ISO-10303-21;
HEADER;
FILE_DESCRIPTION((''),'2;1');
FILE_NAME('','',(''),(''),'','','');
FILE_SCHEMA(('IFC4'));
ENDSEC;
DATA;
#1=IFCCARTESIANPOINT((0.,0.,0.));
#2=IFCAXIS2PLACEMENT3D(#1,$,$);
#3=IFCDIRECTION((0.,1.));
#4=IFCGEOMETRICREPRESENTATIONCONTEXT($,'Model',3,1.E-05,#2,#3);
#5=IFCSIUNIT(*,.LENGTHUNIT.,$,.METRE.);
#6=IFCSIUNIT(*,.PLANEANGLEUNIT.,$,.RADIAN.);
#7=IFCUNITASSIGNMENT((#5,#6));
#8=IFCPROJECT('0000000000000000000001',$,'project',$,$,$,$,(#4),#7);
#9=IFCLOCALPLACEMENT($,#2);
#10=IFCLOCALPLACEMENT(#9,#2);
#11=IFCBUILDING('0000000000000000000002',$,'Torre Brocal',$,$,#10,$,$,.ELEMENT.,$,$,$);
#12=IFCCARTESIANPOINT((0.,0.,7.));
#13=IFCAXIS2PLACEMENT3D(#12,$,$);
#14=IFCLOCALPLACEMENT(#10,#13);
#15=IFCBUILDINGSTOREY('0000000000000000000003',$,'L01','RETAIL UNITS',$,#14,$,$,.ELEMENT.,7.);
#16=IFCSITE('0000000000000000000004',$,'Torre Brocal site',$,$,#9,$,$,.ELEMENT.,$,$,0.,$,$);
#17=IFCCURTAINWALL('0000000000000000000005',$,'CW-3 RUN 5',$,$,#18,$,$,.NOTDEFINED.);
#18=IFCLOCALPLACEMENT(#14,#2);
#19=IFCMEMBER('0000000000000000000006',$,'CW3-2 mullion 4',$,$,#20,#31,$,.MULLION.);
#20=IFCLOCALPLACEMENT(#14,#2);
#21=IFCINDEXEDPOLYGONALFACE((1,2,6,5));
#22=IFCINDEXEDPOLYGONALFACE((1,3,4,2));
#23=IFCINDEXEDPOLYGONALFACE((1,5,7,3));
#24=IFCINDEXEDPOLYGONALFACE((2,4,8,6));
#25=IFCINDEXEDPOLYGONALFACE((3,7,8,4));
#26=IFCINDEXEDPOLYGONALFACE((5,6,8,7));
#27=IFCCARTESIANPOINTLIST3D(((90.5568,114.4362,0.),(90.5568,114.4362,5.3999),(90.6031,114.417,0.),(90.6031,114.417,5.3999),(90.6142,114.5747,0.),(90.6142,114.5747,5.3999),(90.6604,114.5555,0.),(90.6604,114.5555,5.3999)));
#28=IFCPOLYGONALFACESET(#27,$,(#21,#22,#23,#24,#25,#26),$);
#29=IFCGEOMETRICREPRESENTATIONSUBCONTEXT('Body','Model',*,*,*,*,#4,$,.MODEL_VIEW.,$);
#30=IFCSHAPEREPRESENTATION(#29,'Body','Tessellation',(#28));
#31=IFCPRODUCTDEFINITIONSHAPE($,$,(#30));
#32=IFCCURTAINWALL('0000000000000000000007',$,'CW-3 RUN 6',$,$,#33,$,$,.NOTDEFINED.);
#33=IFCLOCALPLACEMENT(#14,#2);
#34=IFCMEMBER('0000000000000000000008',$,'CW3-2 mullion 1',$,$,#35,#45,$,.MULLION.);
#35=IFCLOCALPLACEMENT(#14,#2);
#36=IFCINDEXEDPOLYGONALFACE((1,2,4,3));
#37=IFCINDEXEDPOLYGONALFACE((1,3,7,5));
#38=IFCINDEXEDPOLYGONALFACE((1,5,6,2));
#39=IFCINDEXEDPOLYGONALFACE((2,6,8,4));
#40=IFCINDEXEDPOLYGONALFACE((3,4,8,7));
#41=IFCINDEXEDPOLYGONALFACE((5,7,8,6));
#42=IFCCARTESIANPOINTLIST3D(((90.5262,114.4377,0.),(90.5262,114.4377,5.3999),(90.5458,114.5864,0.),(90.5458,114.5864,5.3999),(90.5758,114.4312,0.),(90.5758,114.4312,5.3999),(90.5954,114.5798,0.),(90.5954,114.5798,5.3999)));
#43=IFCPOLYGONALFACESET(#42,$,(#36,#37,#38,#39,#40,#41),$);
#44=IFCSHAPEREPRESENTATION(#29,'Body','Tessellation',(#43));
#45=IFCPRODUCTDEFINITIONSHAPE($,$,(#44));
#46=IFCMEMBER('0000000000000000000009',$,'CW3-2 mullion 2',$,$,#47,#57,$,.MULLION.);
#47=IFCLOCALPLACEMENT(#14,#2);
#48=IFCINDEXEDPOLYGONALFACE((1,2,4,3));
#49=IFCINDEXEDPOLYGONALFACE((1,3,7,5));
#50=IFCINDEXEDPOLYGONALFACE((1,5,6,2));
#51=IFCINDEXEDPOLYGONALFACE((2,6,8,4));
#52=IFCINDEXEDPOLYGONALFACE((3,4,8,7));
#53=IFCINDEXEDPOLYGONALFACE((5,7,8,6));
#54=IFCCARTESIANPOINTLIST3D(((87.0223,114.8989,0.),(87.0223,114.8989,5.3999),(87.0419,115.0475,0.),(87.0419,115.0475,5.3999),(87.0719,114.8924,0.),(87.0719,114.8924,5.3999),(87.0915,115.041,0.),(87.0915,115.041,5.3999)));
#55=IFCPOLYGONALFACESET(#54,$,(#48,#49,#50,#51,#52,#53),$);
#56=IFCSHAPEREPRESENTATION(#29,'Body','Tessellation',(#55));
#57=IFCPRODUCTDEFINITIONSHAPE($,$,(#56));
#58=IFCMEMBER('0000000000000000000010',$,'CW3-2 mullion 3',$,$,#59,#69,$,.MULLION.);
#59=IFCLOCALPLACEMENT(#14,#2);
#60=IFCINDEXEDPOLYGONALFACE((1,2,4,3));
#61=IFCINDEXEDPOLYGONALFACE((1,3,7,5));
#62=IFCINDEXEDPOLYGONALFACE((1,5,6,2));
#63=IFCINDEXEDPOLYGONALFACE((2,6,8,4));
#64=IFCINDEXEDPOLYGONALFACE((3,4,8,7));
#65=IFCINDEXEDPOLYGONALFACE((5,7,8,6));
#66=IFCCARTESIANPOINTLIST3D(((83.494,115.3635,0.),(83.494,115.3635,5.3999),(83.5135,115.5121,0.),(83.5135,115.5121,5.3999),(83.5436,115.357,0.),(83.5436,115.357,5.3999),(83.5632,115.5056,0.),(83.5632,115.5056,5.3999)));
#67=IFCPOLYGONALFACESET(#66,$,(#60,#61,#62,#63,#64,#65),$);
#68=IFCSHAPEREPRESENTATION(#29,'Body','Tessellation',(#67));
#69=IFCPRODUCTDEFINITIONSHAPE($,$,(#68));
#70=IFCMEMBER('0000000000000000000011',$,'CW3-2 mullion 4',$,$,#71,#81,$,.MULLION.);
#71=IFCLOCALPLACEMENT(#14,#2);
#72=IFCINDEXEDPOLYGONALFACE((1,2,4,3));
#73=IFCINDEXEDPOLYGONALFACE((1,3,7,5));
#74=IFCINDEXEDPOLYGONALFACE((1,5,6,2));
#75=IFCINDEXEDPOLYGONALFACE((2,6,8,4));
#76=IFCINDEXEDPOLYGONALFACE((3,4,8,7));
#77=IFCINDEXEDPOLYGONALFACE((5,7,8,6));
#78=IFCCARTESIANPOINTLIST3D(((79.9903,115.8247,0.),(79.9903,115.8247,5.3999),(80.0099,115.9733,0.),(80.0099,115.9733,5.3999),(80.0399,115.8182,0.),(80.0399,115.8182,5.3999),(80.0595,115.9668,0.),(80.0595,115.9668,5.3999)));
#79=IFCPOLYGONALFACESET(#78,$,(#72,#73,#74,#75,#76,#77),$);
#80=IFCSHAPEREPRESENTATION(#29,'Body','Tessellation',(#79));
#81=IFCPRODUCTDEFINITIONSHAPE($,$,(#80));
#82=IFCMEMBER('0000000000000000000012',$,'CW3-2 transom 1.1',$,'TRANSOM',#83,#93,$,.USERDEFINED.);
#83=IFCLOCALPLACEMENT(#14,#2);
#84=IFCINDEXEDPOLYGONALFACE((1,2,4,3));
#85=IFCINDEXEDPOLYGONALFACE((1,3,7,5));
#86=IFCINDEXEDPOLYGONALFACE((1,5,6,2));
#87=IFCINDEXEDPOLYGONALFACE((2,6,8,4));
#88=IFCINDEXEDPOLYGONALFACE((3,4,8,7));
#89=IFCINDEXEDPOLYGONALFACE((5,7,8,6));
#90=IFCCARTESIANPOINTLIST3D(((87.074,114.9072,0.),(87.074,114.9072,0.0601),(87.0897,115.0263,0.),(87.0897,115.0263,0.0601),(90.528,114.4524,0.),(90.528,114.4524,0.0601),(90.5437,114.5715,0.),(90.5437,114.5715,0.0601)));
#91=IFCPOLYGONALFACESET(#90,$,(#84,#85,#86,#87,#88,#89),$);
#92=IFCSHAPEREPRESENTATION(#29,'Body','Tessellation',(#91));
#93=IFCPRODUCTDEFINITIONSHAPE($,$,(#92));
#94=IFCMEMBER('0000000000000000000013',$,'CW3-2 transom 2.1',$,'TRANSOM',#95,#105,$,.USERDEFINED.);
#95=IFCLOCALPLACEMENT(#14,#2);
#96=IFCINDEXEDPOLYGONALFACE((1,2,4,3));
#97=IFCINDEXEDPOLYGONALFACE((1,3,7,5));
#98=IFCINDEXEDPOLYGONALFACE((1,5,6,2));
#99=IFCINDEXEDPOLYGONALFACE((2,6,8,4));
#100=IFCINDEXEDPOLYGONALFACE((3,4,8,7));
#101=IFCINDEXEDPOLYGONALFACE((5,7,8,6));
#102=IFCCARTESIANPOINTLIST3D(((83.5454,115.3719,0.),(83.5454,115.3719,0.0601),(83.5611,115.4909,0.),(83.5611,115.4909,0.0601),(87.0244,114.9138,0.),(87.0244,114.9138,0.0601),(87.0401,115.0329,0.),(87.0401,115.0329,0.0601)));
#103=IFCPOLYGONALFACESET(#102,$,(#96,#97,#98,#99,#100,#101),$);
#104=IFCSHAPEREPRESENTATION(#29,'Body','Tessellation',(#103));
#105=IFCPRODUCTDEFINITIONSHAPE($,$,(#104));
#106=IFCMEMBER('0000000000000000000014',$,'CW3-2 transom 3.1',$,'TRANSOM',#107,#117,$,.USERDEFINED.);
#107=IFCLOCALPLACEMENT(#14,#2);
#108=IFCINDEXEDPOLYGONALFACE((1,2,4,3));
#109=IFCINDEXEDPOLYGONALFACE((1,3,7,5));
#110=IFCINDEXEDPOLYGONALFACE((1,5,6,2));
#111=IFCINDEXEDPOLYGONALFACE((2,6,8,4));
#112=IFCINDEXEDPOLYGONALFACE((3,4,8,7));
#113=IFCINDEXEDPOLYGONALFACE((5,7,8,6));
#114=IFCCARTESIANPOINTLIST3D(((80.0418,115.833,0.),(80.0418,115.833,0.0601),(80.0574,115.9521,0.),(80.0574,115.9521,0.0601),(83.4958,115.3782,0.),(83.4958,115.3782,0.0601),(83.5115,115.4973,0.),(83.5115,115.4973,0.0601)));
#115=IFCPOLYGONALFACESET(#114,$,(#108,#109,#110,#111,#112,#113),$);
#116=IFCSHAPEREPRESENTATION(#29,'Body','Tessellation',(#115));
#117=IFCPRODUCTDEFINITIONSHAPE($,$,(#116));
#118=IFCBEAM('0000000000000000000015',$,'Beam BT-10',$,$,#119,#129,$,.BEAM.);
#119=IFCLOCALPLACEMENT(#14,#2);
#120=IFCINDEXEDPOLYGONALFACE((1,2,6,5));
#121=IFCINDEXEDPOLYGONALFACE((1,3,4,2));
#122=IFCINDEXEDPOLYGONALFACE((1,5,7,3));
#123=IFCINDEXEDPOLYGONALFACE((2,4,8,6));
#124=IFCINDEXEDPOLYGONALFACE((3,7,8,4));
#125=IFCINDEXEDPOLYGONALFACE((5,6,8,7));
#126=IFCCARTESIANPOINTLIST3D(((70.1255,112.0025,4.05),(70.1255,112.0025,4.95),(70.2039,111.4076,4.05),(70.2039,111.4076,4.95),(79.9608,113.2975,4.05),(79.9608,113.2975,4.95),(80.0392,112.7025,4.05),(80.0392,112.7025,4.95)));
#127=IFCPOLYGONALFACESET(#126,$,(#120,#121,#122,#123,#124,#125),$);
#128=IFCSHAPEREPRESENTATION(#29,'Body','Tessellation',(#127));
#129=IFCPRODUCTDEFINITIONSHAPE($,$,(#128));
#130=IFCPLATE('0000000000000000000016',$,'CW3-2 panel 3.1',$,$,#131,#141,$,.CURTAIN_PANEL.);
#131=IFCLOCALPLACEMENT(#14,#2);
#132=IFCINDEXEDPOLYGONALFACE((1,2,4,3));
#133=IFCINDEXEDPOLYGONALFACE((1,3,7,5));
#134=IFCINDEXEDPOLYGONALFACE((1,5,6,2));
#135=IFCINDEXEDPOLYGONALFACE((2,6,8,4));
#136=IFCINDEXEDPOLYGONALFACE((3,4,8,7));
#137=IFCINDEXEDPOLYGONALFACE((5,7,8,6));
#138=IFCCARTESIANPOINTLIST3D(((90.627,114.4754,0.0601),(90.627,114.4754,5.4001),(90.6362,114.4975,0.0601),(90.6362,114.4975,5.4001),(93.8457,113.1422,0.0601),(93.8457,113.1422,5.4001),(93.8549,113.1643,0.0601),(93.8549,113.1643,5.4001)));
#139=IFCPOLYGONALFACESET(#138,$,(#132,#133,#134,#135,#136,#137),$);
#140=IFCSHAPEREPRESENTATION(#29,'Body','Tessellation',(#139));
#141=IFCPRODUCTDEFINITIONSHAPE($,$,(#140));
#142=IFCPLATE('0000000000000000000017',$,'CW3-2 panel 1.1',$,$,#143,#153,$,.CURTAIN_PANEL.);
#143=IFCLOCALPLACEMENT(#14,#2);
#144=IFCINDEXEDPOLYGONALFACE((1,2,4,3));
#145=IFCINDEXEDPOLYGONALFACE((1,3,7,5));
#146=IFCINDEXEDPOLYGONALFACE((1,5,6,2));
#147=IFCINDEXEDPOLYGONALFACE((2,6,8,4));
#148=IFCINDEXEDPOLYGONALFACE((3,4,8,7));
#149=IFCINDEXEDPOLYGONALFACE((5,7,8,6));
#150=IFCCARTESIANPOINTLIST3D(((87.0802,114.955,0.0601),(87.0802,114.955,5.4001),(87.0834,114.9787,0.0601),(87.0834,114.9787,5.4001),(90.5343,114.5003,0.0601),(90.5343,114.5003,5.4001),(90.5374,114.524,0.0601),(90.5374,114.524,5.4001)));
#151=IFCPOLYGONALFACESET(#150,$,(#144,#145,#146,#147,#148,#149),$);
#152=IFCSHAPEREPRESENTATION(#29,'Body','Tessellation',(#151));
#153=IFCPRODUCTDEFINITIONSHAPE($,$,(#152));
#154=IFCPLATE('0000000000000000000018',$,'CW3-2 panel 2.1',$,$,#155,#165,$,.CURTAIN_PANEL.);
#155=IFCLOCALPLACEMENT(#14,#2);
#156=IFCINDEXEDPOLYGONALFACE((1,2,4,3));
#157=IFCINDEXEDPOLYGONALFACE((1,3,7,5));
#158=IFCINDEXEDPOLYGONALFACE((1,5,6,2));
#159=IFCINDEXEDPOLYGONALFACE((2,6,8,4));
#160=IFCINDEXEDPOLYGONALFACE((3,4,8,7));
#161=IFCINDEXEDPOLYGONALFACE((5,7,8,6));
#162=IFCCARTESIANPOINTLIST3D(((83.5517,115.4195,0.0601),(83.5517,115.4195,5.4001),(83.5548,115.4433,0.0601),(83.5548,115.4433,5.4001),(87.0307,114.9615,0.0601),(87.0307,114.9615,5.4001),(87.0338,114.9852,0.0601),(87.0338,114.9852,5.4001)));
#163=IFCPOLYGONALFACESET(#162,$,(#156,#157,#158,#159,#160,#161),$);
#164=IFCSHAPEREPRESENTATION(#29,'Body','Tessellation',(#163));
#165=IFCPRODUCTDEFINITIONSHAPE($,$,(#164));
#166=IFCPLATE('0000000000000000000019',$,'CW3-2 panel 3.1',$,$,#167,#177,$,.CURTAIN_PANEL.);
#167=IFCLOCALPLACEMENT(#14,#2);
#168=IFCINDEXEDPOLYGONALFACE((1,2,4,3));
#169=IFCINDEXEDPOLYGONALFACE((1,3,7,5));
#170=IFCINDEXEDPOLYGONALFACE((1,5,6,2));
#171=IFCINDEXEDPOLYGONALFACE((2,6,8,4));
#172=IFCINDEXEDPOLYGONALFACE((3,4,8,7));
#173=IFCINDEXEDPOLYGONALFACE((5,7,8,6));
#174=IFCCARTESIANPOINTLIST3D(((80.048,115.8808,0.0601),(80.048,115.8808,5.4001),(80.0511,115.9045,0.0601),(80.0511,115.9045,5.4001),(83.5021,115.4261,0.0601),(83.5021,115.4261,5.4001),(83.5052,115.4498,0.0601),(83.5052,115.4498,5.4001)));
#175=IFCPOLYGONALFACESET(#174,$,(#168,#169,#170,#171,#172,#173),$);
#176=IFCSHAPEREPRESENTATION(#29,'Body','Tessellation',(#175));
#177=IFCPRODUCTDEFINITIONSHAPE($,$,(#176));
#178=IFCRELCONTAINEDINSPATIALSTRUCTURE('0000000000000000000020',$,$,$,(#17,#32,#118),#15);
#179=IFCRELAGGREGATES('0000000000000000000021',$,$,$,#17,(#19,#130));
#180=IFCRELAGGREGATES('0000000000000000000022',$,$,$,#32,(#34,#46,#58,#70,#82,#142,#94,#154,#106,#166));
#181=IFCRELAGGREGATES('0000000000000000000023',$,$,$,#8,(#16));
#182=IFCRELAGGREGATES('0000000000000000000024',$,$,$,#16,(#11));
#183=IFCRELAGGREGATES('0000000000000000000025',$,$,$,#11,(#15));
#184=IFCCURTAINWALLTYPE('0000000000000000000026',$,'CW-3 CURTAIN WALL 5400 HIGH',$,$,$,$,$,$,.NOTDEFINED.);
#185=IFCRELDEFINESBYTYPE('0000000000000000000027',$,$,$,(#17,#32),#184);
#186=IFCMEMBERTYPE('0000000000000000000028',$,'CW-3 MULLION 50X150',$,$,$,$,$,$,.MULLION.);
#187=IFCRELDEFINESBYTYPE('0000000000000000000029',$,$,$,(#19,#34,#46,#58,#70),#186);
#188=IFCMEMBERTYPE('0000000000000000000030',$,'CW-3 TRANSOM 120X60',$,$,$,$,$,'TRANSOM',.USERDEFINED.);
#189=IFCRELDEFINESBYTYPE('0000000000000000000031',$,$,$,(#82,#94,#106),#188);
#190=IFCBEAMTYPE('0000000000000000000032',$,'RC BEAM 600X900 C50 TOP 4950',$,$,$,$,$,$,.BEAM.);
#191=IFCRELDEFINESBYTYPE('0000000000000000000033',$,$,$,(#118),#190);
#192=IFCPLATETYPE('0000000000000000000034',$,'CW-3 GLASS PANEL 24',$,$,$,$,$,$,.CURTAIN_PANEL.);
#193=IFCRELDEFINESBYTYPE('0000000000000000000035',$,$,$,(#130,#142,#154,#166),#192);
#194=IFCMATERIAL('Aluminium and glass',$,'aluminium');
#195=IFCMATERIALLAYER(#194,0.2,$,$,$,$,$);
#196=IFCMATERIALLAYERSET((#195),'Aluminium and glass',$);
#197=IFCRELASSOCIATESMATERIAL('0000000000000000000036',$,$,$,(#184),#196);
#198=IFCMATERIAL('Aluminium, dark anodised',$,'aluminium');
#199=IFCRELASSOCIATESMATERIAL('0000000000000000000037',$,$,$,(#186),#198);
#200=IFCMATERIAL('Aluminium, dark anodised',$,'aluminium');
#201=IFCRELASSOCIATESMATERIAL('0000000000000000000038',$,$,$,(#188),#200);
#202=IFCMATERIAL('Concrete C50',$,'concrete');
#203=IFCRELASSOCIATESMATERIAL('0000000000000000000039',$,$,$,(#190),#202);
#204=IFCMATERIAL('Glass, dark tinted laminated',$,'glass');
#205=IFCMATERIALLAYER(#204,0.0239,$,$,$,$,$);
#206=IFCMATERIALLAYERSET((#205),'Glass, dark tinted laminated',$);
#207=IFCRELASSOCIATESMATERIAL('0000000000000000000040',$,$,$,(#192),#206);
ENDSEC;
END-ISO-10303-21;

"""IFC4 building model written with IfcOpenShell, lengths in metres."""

from ifc_helpers import new_model, si_unit, direction, frame, origin, origin_2d, place, context, subcontext, project, spatial, rectangle, extrude, material, layer, layer_set, material_profile, profile_set, type_object, element, aggregate, save


model = new_model("IFC4")

# Units and contexts
model_context = context("Model", 3, precision=1e-05, world=origin(), true_north=direction((0.0, 1.0)))
body_context = subcontext(model_context, "Body", "Model", "MODEL_VIEW")
ifc_project = project(units=[si_unit("LENGTHUNIT", "METRE"), si_unit("PLANEANGLEUNIT", "RADIAN")], contexts=[model_context])

# Site, building, storey
site_placement = place(None, origin())
site = spatial("IfcSite", under=ifc_project, at=site_placement, Name="Torre Brocal site", CompositionType="ELEMENT", RefElevation=0.0)
building_placement = place(site_placement, origin())
building = spatial("IfcBuilding", under=site, at=building_placement, Name="Torre Brocal", CompositionType="ELEMENT")
storey_placement = place(building_placement, frame((0.0, 0.0, 7.0)))
storey = spatial("IfcBuildingStorey", under=building, at=storey_placement, Name="L01", Description="RETAIL UNITS", CompositionType="ELEMENT", Elevation=7.0)

# Curtain wall, member
ifc_material_1 = material(Name="Aluminium and glass", Category="aluminium")
ifc_layer_1 = layer(ifc_material_1, 0.2)
ifc_layer_set_1 = layer_set([ifc_layer_1], Name="Aluminium and glass")
curtain_wall_type = type_object("IfcCurtainWallType", Name="CW-3 CURTAIN WALL 5400 HIGH", PredefinedType="NOTDEFINED", material=ifc_layer_set_1)
curtain_wall_1_placement = place(storey_placement, origin())
curtain_wall_1 = element("IfcCurtainWall", 1, at=curtain_wall_1_placement, inside=storey, type_object=curtain_wall_type, Name="CW-3 RUN 5", PredefinedType="NOTDEFINED")
ifc_material_2 = material(Name="Aluminium, dark anodised", Category="aluminium")
ifc_material_profile_1 = material_profile(ifc_material_2, rectangle(XDim=0.1499, YDim=0.05, at=origin_2d()), Name="CW-3 MULLION 50X150")
ifc_profile_set_1 = profile_set([ifc_material_profile_1], Name="Aluminium, dark anodised")
member_type_1 = type_object("IfcMemberType", Name="CW-3 MULLION 50X150", PredefinedType="MULLION", material=ifc_profile_set_1)
member_1_placement = place(storey_placement, frame((90.6086, 114.4958, 0.0), z_axis=(0.0, 0.0, 1.0), x_axis=(-0.382683, -0.92388, 0.0)))
member_1 = element("IfcMember", 2, at=member_1_placement, type_object=member_type_1, Name="CW3-2 mullion 4", PredefinedType="MULLION", context=body_context, shape_type="SweptSolid", body=[
    extrude(rectangle(XDim=0.1499, YDim=0.05, at=origin_2d()), origin(), (0.0, 0.0, 1.0), 5.3999),
])

# Curtain wall, members
curtain_wall_2_placement = place(storey_placement, origin())
curtain_wall_2 = element("IfcCurtainWall", 3, at=curtain_wall_2_placement, inside=storey, type_object=curtain_wall_type, Name="CW-3 RUN 6", PredefinedType="NOTDEFINED")
member_2_placement = place(storey_placement, frame((90.5608, 114.5088, 0.0), z_axis=(0.0, 0.0, 1.0), x_axis=(-0.130526, -0.991445, 0.0)))
member_2 = element("IfcMember", 4, at=member_2_placement, type_object=member_type_1, Name="CW3-2 mullion 1", PredefinedType="MULLION", context=body_context, shape_type="SweptSolid", body=[
    extrude(rectangle(XDim=0.1499, YDim=0.05, at=origin_2d()), origin(), (0.0, 0.0, 1.0), 5.3999),
])
member_3_placement = place(storey_placement, frame((87.0569, 114.97, 0.0), z_axis=(0.0, 0.0, 1.0), x_axis=(-0.130526, -0.991445, 0.0)))
member_3 = element("IfcMember", 5, at=member_3_placement, type_object=member_type_1, Name="CW3-2 mullion 2", PredefinedType="MULLION", context=body_context, shape_type="SweptSolid", body=[
    extrude(rectangle(XDim=0.1499, YDim=0.05, at=origin_2d()), origin(), (0.0, 0.0, 1.0), 5.3999),
])
member_4_placement = place(storey_placement, frame((83.5286, 115.4346, 0.0), z_axis=(0.0, 0.0, 1.0), x_axis=(-0.130526, -0.991445, 0.0)))
member_4 = element("IfcMember", 6, at=member_4_placement, type_object=member_type_1, Name="CW3-2 mullion 3", PredefinedType="MULLION", context=body_context, shape_type="SweptSolid", body=[
    extrude(rectangle(XDim=0.1499, YDim=0.05, at=origin_2d()), origin(), (0.0, 0.0, 1.0), 5.3999),
])
member_5_placement = place(storey_placement, frame((80.0249, 115.8958, 0.0), z_axis=(0.0, 0.0, 1.0), x_axis=(-0.130526, -0.991445, 0.0)))
member_5 = element("IfcMember", 7, at=member_5_placement, type_object=member_type_1, Name="CW3-2 mullion 4", PredefinedType="MULLION", context=body_context, shape_type="SweptSolid", body=[
    extrude(rectangle(XDim=0.1499, YDim=0.05, at=origin_2d()), origin(), (0.0, 0.0, 1.0), 5.3999),
])
ifc_material_3 = material(Name="Aluminium, dark anodised", Category="aluminium")
ifc_material_profile_2 = material_profile(ifc_material_3, rectangle(XDim=0.1201, YDim=0.0601, at=origin_2d()), Name="CW-3 TRANSOM 120X60")
ifc_profile_set_2 = profile_set([ifc_material_profile_2], Name="Aluminium, dark anodised")
member_type_2 = type_object("IfcMemberType", Name="CW-3 TRANSOM 120X60", ElementType="TRANSOM", PredefinedType="USERDEFINED", material=ifc_profile_set_2)
member_6_placement = place(storey_placement, frame((90.5359, 114.512, 0.03), z_axis=(-0.991441, 0.130552, 0.0), x_axis=(-0.130552, -0.991441, 0.0)))
member_6 = element("IfcMember", 8, at=member_6_placement, type_object=member_type_2, Name="CW3-2 transom 1.1", ObjectType="TRANSOM", PredefinedType="USERDEFINED", context=body_context, shape_type="SweptSolid", body=[
    extrude(rectangle(XDim=0.1201, YDim=0.0601, at=origin_2d()), origin(), (0.0, 0.0, 1.0), 3.4839),
])
member_7_placement = place(storey_placement, frame((87.0322, 114.9734, 0.03), z_axis=(-0.991445, 0.130523, 0.0), x_axis=(-0.130523, -0.991445, 0.0)))
member_7 = element("IfcMember", 9, at=member_7_placement, type_object=member_type_2, Name="CW3-2 transom 2.1", ObjectType="TRANSOM", PredefinedType="USERDEFINED", context=body_context, shape_type="SweptSolid", body=[
    extrude(rectangle(XDim=0.1201, YDim=0.0601, at=origin_2d()), origin(), (0.0, 0.0, 1.0), 3.509),
])
member_8_placement = place(storey_placement, frame((83.5037, 115.4377, 0.03), z_axis=(-0.991441, 0.130552, 0.0), x_axis=(-0.130552, -0.991441, 0.0)))
member_8 = element("IfcMember", 10, at=member_8_placement, type_object=member_type_2, Name="CW3-2 transom 3.1", ObjectType="TRANSOM", PredefinedType="USERDEFINED", context=body_context, shape_type="SweptSolid", body=[
    extrude(rectangle(XDim=0.1201, YDim=0.0601, at=origin_2d()), origin(), (0.0, 0.0, 1.0), 3.4839),
])

# Beam
ifc_material_4 = material(Name="Concrete C50", Category="concrete")
ifc_material_profile_3 = material_profile(ifc_material_4, rectangle(XDim=0.6001, YDim=0.8999, at=origin_2d()), Name="RC 600X900")
ifc_profile_set_3 = profile_set([ifc_material_profile_3], Name="Concrete C50")
beam_type = type_object("IfcBeamType", Name="RC BEAM 600X900 C50 TOP 4950", PredefinedType="BEAM", material=ifc_profile_set_3)
beam_placement = place(storey_placement, frame((80.0, 113.0, 4.5), z_axis=(-0.991444, -0.130535, 0.0), x_axis=(0.130535, -0.991444, 0.0)))
element("IfcBeam", 11, at=beam_placement, inside=storey, type_object=beam_type, Name="Beam BT-10", PredefinedType="BEAM", context=body_context, shape_type="SweptSolid", body=[
    extrude(rectangle(XDim=0.6001, YDim=0.8999, at=origin_2d()), origin(), (0.0, 0.0, 1.0), 9.9202),
])

# Plates
ifc_material_5 = material(Name="Glass, dark tinted laminated", Category="glass")
ifc_layer_2 = layer(ifc_material_5, 0.0239)
ifc_layer_set_2 = layer_set([ifc_layer_2], Name="Glass, dark tinted laminated")
plate_type = type_object("IfcPlateType", Name="CW-3 GLASS PANEL 24", PredefinedType="CURTAIN_PANEL", material=ifc_layer_set_2)
plate_1_placement = place(storey_placement, frame((92.241, 113.8198, 0.0601), z_axis=(0.0, 0.0, 1.0), x_axis=(-0.92388, 0.382683, 0.0)))
plate_1 = element("IfcPlate", 12, at=plate_1_placement, type_object=plate_type, Name="CW3-2 panel 3.1", PredefinedType="CURTAIN_PANEL", context=body_context, shape_type="SweptSolid", body=[
    extrude(rectangle(XDim=3.4839, YDim=0.0239, at=origin_2d()), origin(), (0.0, 0.0, 1.0), 5.3401),
])
aggregate(curtain_wall_1, [member_1, plate_1])
plate_2_placement = place(storey_placement, frame((88.8088, 114.7395, 0.0601), z_axis=(0.0, 0.0, 1.0), x_axis=(-0.991445, 0.130526, 0.0)))
plate_2 = element("IfcPlate", 13, at=plate_2_placement, type_object=plate_type, Name="CW3-2 panel 1.1", PredefinedType="CURTAIN_PANEL", context=body_context, shape_type="SweptSolid", body=[
    extrude(rectangle(XDim=3.4839, YDim=0.0239, at=origin_2d()), origin(), (0.0, 0.0, 1.0), 5.3401),
])
plate_3_placement = place(storey_placement, frame((85.2927, 115.2024, 0.0601), z_axis=(0.0, 0.0, 1.0), x_axis=(-0.991445, 0.130526, 0.0)))
plate_3 = element("IfcPlate", 14, at=plate_3_placement, type_object=plate_type, Name="CW3-2 panel 2.1", PredefinedType="CURTAIN_PANEL", context=body_context, shape_type="SweptSolid", body=[
    extrude(rectangle(XDim=3.509, YDim=0.0239, at=origin_2d()), origin(), (0.0, 0.0, 1.0), 5.3401),
])
plate_4_placement = place(storey_placement, frame((81.7766, 115.6653, 0.0601), z_axis=(0.0, 0.0, 1.0), x_axis=(-0.991445, 0.130526, 0.0)))
plate_4 = element("IfcPlate", 15, at=plate_4_placement, type_object=plate_type, Name="CW3-2 panel 3.1", PredefinedType="CURTAIN_PANEL", context=body_context, shape_type="SweptSolid", body=[
    extrude(rectangle(XDim=3.4839, YDim=0.0239, at=origin_2d()), origin(), (0.0, 0.0, 1.0), 5.3401),
])
aggregate(curtain_wall_2, [member_2, member_3, member_4, member_5, member_6, plate_2, member_7, plate_3, member_8, plate_4])

save(model, "model.ifc")
